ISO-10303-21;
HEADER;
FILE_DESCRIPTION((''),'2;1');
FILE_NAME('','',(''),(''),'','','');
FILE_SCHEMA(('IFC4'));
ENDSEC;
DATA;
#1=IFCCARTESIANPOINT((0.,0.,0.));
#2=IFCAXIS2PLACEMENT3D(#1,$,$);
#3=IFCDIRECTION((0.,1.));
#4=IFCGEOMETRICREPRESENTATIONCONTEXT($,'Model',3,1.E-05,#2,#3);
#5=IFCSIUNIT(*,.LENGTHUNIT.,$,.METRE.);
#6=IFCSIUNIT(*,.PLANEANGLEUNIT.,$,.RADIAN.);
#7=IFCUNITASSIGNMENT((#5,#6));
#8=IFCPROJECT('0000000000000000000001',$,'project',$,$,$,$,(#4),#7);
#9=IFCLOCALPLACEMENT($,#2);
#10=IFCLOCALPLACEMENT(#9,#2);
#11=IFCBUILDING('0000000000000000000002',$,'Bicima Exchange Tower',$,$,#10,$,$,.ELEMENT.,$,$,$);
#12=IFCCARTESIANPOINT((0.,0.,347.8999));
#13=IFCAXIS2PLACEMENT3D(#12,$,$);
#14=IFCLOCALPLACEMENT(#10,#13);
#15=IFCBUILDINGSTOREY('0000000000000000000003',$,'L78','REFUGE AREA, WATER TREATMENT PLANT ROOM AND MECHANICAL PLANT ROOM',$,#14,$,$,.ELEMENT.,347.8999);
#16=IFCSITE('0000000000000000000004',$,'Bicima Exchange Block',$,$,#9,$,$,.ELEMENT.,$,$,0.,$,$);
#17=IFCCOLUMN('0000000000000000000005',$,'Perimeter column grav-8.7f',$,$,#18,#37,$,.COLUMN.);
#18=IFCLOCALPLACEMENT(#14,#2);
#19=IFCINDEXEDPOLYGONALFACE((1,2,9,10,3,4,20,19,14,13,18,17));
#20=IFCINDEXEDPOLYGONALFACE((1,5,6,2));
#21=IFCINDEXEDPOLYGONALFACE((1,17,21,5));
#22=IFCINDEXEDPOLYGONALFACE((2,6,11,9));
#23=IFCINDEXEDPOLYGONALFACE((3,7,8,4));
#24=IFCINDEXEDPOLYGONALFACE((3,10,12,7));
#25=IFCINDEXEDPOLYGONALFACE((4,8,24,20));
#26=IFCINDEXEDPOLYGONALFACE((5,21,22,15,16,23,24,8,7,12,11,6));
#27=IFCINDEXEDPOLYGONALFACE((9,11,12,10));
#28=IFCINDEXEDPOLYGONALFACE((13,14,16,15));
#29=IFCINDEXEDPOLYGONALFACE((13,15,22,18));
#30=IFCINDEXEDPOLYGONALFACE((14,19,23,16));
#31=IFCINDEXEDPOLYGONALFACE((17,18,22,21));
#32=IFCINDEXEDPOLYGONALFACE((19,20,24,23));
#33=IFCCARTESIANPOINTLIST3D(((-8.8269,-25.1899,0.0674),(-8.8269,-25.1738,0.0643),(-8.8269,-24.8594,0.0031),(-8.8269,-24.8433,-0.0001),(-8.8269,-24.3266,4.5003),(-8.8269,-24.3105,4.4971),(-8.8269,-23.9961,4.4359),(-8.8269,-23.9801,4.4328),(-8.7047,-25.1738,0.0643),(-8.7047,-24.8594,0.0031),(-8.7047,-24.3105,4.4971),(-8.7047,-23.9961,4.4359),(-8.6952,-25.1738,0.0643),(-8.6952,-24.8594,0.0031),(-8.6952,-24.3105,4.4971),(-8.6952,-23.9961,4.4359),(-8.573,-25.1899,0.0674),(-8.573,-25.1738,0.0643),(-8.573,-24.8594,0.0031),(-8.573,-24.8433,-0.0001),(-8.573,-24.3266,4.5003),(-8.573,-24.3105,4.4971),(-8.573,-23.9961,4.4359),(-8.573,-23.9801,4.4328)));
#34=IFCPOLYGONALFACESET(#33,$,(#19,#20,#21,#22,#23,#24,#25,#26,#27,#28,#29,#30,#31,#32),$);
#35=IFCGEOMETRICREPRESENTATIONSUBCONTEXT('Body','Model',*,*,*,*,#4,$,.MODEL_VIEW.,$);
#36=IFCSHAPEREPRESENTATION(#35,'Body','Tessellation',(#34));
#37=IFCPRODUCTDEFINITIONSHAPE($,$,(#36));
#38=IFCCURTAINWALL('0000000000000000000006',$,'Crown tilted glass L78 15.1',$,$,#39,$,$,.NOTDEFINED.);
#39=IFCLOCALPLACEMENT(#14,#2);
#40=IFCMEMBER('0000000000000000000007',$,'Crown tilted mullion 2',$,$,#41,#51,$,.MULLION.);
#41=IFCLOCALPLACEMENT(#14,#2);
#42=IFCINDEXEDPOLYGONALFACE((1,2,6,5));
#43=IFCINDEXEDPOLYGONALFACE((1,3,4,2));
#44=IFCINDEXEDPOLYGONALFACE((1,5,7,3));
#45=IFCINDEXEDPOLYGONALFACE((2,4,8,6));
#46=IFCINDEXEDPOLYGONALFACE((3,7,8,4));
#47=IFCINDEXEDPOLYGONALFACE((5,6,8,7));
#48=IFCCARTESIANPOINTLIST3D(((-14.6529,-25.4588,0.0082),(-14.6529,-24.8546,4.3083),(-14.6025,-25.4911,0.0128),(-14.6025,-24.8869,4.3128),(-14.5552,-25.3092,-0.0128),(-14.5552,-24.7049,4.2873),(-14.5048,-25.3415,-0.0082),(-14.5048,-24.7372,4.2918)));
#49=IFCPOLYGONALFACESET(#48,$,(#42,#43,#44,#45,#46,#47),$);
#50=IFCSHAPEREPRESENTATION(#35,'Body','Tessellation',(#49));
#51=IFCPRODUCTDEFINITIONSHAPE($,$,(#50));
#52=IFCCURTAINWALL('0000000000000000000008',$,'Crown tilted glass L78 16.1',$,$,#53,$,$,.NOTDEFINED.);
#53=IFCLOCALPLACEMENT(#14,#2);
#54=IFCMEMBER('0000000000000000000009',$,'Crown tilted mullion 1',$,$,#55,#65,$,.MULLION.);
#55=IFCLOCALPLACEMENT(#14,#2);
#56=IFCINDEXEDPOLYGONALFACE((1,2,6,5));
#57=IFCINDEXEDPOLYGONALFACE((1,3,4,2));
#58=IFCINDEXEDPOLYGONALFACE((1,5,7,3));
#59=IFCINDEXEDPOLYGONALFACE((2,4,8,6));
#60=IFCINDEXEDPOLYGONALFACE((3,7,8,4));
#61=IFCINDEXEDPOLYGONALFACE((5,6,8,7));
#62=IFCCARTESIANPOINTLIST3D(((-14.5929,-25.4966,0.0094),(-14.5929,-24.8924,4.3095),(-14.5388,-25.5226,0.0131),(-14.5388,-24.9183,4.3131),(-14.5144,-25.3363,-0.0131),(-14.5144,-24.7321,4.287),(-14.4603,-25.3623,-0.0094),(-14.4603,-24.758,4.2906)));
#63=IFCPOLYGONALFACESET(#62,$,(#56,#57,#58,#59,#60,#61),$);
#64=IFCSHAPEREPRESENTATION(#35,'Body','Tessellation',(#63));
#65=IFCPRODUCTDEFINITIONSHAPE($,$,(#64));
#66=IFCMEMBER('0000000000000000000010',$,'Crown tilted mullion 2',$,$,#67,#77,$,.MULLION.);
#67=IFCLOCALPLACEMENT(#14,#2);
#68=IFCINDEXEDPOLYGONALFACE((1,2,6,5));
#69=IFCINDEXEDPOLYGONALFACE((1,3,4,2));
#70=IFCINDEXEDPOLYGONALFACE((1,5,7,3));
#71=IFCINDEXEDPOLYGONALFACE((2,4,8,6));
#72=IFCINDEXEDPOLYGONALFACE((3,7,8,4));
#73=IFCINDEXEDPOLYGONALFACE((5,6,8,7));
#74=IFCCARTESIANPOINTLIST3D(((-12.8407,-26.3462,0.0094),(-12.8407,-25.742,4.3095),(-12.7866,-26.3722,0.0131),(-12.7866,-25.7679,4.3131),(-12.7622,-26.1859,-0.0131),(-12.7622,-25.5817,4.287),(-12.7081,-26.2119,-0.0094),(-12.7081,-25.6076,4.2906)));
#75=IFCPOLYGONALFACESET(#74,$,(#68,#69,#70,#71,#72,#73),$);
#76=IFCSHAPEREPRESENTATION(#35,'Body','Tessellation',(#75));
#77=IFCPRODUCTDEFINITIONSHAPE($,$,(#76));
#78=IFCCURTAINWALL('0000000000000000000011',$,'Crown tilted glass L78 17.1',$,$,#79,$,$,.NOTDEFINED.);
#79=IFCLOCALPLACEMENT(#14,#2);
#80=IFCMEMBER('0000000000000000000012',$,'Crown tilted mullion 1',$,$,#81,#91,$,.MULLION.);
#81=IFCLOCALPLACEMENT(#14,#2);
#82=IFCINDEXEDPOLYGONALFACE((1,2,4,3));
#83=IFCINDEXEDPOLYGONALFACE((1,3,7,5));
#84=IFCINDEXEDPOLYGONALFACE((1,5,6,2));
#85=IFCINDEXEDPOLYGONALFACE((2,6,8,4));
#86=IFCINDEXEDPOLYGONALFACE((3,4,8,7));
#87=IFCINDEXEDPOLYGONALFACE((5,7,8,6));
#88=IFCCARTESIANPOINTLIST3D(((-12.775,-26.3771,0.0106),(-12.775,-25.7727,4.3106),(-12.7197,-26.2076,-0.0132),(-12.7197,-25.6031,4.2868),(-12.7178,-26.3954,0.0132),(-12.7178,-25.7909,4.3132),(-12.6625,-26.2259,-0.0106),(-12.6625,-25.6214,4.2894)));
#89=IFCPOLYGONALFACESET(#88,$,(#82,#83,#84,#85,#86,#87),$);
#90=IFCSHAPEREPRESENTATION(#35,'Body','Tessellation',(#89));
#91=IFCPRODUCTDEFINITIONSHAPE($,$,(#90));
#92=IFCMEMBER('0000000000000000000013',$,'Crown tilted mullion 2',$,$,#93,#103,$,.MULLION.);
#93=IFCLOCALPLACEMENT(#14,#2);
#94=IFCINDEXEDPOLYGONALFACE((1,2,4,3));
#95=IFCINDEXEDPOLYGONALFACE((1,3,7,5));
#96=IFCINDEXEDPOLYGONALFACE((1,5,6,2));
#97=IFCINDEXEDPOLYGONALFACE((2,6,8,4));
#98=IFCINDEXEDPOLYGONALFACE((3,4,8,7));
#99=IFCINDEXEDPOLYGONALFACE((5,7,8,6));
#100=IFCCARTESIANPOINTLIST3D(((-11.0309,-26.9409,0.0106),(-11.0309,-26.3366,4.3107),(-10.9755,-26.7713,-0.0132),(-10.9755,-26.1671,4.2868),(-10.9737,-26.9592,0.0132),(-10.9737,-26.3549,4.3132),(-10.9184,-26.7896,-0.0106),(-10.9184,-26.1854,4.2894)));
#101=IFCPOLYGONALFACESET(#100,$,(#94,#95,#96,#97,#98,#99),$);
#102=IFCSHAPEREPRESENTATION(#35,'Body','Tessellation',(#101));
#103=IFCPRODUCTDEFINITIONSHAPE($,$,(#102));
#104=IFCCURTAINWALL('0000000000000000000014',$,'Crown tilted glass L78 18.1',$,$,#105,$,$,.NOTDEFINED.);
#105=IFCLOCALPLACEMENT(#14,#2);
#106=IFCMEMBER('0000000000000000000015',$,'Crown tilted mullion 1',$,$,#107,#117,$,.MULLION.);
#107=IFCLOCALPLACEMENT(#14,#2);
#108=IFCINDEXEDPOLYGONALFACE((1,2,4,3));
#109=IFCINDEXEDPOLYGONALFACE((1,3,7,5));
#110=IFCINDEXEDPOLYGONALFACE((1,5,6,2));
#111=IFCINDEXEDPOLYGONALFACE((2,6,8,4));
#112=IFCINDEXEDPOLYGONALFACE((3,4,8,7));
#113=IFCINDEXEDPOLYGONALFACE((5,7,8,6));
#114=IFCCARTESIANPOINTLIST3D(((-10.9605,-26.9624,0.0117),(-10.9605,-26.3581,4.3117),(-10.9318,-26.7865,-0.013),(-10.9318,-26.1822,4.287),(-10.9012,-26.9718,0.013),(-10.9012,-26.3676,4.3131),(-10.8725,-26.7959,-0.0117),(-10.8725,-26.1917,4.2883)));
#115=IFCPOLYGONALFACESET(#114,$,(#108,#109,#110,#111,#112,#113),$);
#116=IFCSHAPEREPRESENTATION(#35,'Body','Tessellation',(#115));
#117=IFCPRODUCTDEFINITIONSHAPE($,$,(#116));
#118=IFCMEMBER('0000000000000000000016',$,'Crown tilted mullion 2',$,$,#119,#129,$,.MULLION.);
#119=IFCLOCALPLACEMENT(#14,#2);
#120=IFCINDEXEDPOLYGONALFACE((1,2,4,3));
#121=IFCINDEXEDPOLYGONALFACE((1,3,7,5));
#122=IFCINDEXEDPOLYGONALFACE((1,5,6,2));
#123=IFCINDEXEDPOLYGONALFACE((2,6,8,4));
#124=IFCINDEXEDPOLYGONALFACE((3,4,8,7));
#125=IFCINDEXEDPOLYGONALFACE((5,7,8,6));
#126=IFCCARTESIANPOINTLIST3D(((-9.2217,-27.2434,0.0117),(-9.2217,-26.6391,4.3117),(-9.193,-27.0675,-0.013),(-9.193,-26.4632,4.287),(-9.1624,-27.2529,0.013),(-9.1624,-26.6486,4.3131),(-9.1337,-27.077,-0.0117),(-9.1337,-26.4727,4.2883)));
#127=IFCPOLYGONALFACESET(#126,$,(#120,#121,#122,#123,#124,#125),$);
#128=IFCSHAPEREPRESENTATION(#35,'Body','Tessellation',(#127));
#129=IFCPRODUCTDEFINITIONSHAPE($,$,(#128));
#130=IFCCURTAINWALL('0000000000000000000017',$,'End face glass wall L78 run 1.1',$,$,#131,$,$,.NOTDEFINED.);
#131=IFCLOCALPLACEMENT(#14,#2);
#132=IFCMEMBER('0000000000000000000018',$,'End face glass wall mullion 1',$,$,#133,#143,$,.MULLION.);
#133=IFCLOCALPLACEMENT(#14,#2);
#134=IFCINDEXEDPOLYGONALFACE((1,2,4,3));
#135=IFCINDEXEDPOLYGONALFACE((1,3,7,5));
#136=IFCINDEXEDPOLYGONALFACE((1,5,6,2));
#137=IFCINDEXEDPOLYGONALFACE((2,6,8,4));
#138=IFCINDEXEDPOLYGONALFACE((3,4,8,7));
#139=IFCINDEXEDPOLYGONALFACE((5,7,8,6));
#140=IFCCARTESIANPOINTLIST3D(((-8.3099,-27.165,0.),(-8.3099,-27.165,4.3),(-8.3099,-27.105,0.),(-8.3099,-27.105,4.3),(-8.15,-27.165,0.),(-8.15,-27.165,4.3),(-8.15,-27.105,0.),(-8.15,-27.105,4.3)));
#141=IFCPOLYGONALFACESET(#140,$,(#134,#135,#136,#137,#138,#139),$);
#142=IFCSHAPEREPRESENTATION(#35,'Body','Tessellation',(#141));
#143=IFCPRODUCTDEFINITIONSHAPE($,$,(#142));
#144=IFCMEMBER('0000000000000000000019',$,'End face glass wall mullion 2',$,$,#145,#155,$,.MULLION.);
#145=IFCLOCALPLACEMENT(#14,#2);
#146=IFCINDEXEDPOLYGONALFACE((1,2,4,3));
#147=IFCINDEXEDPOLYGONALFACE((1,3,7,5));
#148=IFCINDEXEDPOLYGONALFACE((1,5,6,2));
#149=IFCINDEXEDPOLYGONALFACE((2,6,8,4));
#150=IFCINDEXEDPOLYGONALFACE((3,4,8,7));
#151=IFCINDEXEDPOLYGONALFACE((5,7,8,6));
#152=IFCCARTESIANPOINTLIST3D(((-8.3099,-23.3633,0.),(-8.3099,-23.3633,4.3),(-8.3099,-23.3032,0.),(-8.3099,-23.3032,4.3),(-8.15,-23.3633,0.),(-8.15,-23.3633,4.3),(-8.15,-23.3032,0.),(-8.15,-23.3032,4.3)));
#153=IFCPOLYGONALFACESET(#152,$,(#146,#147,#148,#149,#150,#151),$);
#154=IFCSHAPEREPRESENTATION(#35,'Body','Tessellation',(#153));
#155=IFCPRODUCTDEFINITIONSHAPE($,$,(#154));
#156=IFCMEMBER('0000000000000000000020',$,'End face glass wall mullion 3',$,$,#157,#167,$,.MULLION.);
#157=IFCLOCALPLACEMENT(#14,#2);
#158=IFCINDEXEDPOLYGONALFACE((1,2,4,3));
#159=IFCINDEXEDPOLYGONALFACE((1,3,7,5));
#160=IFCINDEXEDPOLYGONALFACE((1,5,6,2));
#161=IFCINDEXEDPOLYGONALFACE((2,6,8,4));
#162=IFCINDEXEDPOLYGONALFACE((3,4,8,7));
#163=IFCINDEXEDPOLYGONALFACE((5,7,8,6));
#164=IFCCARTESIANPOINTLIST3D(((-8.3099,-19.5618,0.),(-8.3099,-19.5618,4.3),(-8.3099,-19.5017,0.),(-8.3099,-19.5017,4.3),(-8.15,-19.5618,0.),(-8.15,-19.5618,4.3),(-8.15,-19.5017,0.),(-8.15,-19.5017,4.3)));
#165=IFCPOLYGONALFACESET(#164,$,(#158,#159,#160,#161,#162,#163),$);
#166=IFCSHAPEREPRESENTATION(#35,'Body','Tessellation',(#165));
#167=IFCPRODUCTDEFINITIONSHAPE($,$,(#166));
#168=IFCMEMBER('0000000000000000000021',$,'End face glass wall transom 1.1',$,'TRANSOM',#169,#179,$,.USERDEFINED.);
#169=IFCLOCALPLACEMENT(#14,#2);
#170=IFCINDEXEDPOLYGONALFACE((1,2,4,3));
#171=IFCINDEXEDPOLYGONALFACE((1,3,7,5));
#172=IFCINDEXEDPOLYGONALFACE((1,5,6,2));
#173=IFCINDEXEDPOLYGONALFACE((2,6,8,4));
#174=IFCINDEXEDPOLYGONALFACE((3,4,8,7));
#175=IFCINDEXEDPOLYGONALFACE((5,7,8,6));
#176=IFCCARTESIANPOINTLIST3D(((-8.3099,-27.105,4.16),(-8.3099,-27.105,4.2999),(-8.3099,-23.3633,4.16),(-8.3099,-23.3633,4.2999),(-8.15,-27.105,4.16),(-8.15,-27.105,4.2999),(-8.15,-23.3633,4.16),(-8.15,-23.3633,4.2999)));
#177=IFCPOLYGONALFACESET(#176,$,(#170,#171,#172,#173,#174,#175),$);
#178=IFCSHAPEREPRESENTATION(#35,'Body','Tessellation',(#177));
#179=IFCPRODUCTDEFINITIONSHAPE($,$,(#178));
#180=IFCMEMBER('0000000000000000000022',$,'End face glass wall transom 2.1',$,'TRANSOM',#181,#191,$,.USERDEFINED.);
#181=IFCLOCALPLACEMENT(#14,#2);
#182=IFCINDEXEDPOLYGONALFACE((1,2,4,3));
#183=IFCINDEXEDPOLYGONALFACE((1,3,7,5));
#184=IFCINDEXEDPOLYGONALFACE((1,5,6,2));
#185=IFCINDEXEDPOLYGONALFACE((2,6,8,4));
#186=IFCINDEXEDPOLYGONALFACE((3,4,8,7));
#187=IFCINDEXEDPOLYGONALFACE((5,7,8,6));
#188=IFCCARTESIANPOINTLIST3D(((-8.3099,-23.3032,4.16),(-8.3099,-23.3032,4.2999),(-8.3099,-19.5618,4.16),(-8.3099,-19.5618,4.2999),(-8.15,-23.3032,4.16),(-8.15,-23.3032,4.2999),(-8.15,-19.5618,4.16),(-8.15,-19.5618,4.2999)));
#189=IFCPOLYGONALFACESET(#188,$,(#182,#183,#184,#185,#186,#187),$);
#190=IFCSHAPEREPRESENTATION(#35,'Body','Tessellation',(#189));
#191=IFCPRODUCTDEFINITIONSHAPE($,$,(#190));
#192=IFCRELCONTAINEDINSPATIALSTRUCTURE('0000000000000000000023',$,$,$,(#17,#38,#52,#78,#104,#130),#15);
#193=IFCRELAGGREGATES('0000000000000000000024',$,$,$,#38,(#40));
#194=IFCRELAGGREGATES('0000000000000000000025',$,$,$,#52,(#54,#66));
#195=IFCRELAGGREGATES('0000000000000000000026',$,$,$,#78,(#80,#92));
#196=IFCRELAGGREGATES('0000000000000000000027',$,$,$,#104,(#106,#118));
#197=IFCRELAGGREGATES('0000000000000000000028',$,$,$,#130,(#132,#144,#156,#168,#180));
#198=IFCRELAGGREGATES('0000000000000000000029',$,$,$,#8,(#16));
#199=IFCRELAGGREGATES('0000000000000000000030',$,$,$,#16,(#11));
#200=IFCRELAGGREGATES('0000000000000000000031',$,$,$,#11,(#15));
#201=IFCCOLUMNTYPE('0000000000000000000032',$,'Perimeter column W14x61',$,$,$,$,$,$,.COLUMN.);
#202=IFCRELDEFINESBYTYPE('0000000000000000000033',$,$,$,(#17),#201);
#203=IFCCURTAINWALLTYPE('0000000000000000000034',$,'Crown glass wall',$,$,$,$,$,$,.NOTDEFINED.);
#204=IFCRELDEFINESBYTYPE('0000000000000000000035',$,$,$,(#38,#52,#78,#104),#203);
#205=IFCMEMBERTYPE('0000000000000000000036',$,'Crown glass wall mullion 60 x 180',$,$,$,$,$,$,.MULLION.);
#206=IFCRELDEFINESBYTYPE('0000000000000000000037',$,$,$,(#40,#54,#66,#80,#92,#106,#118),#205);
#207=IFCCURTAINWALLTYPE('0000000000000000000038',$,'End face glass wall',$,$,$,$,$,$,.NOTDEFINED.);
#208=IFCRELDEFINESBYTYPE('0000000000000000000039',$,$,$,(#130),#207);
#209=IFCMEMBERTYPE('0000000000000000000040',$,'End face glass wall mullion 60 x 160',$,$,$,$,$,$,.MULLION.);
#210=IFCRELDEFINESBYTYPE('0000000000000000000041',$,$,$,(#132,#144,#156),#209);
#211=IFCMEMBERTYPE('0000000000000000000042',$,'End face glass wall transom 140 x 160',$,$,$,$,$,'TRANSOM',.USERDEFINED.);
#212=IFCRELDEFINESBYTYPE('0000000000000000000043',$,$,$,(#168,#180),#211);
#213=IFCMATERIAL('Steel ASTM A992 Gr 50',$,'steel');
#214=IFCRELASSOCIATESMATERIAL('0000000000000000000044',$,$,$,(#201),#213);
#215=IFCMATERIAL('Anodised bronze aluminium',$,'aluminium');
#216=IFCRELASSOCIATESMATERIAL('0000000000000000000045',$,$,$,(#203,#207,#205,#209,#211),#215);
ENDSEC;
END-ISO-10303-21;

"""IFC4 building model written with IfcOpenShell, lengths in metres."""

from ifc_helpers import new_model, si_unit, direction, frame, origin, origin_2d, place, context, subcontext, project, spatial, rectangle, i_section, extrude, material, material_profile, profile_set, type_object, element, aggregate, save


model = new_model("IFC4")

# Units and contexts
model_context = context("Model", 3, precision=1e-05, world=origin(), true_north=direction((0.0, 1.0)))
body_context = subcontext(model_context, "Body", "Model", "MODEL_VIEW")
ifc_project = project(units=[si_unit("LENGTHUNIT", "METRE"), si_unit("PLANEANGLEUNIT", "RADIAN")], contexts=[model_context])

# Site, building, storey
site_placement = place(None, origin())
site = spatial("IfcSite", under=ifc_project, at=site_placement, Name="Bicima Exchange Block", CompositionType="ELEMENT", RefElevation=0.0)
building_placement = place(site_placement, origin())
building = spatial("IfcBuilding", under=site, at=building_placement, Name="Bicima Exchange Tower", CompositionType="ELEMENT")
storey_placement = place(building_placement, frame((0.0, 0.0, 347.8999)))
storey = spatial("IfcBuildingStorey", under=building, at=storey_placement, Name="L78", Description="REFUGE AREA, WATER TREATMENT PLANT ROOM AND MECHANICAL PLANT ROOM", CompositionType="ELEMENT", Elevation=347.8999)

# Column
ifc_material_1 = material(Name="Steel ASTM A992 Gr 50", Category="steel")
ifc_material_profile_1 = material_profile(ifc_material_1, i_section(OverallWidth=0.2539, OverallDepth=0.353, WebThickness=0.0095, FlangeThickness=0.0164, at=origin_2d()))
ifc_profile_set_1 = profile_set([ifc_material_profile_1], Name="Steel ASTM A992 Gr 50")
column_type = type_object("IfcColumnType", Name="Perimeter column W14x61", PredefinedType="COLUMN", material=ifc_profile_set_1)
column_placement = place(storey_placement, frame((-8.7, -25.0166, 0.0337), z_axis=(0.0, 0.191155, 0.98156), x_axis=(-1.0, 0.0, 0.0)))
element("IfcColumn", 1, at=column_placement, inside=storey, type_object=column_type, Name="Perimeter column grav-8.7f", PredefinedType="COLUMN", context=body_context, shape_type="SweptSolid", body=[
    extrude(i_section(OverallWidth=0.2539, OverallDepth=0.353, WebThickness=0.0095, FlangeThickness=0.0164, at=origin_2d()), origin(), (0.0, 0.0, 1.0), 4.5161),
])

# Curtain wall, member
ifc_material_2 = material(Name="Anodised bronze aluminium", Category="aluminium")
curtain_wall_type_1 = type_object("IfcCurtainWallType", Name="Crown glass wall", PredefinedType="NOTDEFINED", material=ifc_material_2)
curtain_wall_1_placement = place(storey_placement, origin())
curtain_wall_1 = element("IfcCurtainWall", 2, at=curtain_wall_1_placement, inside=storey, type_object=curtain_wall_type_1, Name="Crown tilted glass L78 15.1", PredefinedType="NOTDEFINED")
ifc_material_profile_2 = material_profile(ifc_material_2, rectangle(XDim=0.1799, YDim=0.0601, at=origin_2d()))
ifc_profile_set_2 = profile_set([ifc_material_profile_2], Name="Anodised bronze aluminium")
member_type_1 = type_object("IfcMemberType", Name="Crown glass wall mullion 60 x 180", PredefinedType="MULLION", material=ifc_profile_set_2)
member_1_placement = place(storey_placement, frame((-14.5789, -25.4001, 0.0), z_axis=(0.0, 0.139154, 0.990271), x_axis=(-0.542911, -0.83162, 0.11686)))
member_1 = element("IfcMember", 3, at=member_1_placement, type_object=member_type_1, Name="Crown tilted mullion 2", PredefinedType="MULLION", context=body_context, shape_type="SweptSolid", body=[
    extrude(rectangle(XDim=0.1799, YDim=0.0601, at=origin_2d()), origin(), (0.0, 0.0, 1.0), 4.3423),
])
aggregate(curtain_wall_1, [member_1])

# Curtain walls, members
curtain_wall_2_placement = place(storey_placement, origin())
curtain_wall_2 = element("IfcCurtainWall", 4, at=curtain_wall_2_placement, inside=storey, type_object=curtain_wall_type_1, Name="Crown tilted glass L78 16.1", PredefinedType="NOTDEFINED")
member_2_placement = place(storey_placement, frame((-14.5266, -25.4294, 0.0), z_axis=(0.0, 0.139154, 0.990271), x_axis=(-0.436265, -0.891064, 0.125213)))
member_2 = element("IfcMember", 5, at=member_2_placement, type_object=member_type_1, Name="Crown tilted mullion 1", PredefinedType="MULLION", context=body_context, shape_type="SweptSolid", body=[
    extrude(rectangle(XDim=0.1799, YDim=0.0601, at=origin_2d()), origin(), (0.0, 0.0, 1.0), 4.3423),
])
member_3_placement = place(storey_placement, frame((-12.7744, -26.2791, 0.0), z_axis=(0.0, 0.139154, 0.990271), x_axis=(-0.436265, -0.891064, 0.125213)))
member_3 = element("IfcMember", 6, at=member_3_placement, type_object=member_type_1, Name="Crown tilted mullion 2", PredefinedType="MULLION", context=body_context, shape_type="SweptSolid", body=[
    extrude(rectangle(XDim=0.1799, YDim=0.0601, at=origin_2d()), origin(), (0.0, 0.0, 1.0), 4.3423),
])
curtain_wall_3_placement = place(storey_placement, origin())
curtain_wall_3 = element("IfcCurtainWall", 7, at=curtain_wall_3_placement, inside=storey, type_object=curtain_wall_type_1, Name="Crown tilted glass L78 17.1", PredefinedType="NOTDEFINED")
member_4_placement = place(storey_placement, frame((-12.7188, -26.3015, 0.0), z_axis=(0.0, 0.139209, 0.990263), x_axis=(-0.307573, -0.94226, 0.132461)))
member_4 = element("IfcMember", 8, at=member_4_placement, type_object=member_type_1, Name="Crown tilted mullion 1", PredefinedType="MULLION", context=body_context, shape_type="SweptSolid", body=[
    extrude(rectangle(XDim=0.1799, YDim=0.0601, at=origin_2d()), origin(), (0.0, 0.0, 1.0), 4.3423),
])
member_5_placement = place(storey_placement, frame((-10.9746, -26.8652, 0.0), z_axis=(0.0, 0.139154, 0.990271), x_axis=(-0.307573, -0.942267, 0.132408)))
member_5 = element("IfcMember", 9, at=member_5_placement, type_object=member_type_1, Name="Crown tilted mullion 2", PredefinedType="MULLION", context=body_context, shape_type="SweptSolid", body=[
    extrude(rectangle(XDim=0.1799, YDim=0.0601, at=origin_2d()), origin(), (0.0, 0.0, 1.0), 4.3423),
])
curtain_wall_4_placement = place(storey_placement, origin())
curtain_wall_4 = element("IfcCurtainWall", 10, at=curtain_wall_4_placement, inside=storey, type_object=curtain_wall_type_1, Name="Crown tilted glass L78 18.1", PredefinedType="NOTDEFINED")
member_6_placement = place(storey_placement, frame((-10.9165, -26.8792, 0.0), z_axis=(0.0, 0.139154, 0.990271), x_axis=(-0.15955, -0.977585, 0.137371)))
member_6 = element("IfcMember", 11, at=member_6_placement, type_object=member_type_1, Name="Crown tilted mullion 1", PredefinedType="MULLION", context=body_context, shape_type="SweptSolid", body=[
    extrude(rectangle(XDim=0.1799, YDim=0.0601, at=origin_2d()), origin(), (0.0, 0.0, 1.0), 4.3423),
])
member_7_placement = place(storey_placement, frame((-9.1777, -27.1602, 0.0), z_axis=(0.0, 0.139154, 0.990271), x_axis=(-0.15955, -0.977585, 0.137371)))
member_7 = element("IfcMember", 12, at=member_7_placement, type_object=member_type_1, Name="Crown tilted mullion 2", PredefinedType="MULLION", context=body_context, shape_type="SweptSolid", body=[
    extrude(rectangle(XDim=0.1799, YDim=0.0601, at=origin_2d()), origin(), (0.0, 0.0, 1.0), 4.3423),
])
curtain_wall_type_2 = type_object("IfcCurtainWallType", Name="End face glass wall", PredefinedType="NOTDEFINED", material=ifc_material_2)
curtain_wall_5_placement = place(storey_placement, origin())
curtain_wall_5 = element("IfcCurtainWall", 13, at=curtain_wall_5_placement, inside=storey, type_object=curtain_wall_type_2, Name="End face glass wall L78 run 1.1", PredefinedType="NOTDEFINED")
ifc_material_profile_3 = material_profile(ifc_material_2, rectangle(XDim=0.1599, YDim=0.0601, at=origin_2d()))
ifc_profile_set_3 = profile_set([ifc_material_profile_3], Name="Anodised bronze aluminium")
member_type_2 = type_object("IfcMemberType", Name="End face glass wall mullion 60 x 160", PredefinedType="MULLION", material=ifc_profile_set_3)
member_8_placement = place(storey_placement, frame((-8.23, -27.135, 0.0), z_axis=(0.0, 0.0, 1.0), x_axis=(-1.0, 0.0, 0.0)))
member_8 = element("IfcMember", 14, at=member_8_placement, type_object=member_type_2, Name="End face glass wall mullion 1", PredefinedType="MULLION", context=body_context, shape_type="SweptSolid", body=[
    extrude(rectangle(XDim=0.1599, YDim=0.0601, at=origin_2d()), origin(), (0.0, 0.0, 1.0), 4.3),
])
member_9_placement = place(storey_placement, frame((-8.23, -23.3333, 0.0), z_axis=(0.0, 0.0, 1.0), x_axis=(-1.0, 0.0, 0.0)))
member_9 = element("IfcMember", 15, at=member_9_placement, type_object=member_type_2, Name="End face glass wall mullion 2", PredefinedType="MULLION", context=body_context, shape_type="SweptSolid", body=[
    extrude(rectangle(XDim=0.1599, YDim=0.0601, at=origin_2d()), origin(), (0.0, 0.0, 1.0), 4.3),
])
member_10_placement = place(storey_placement, frame((-8.23, -19.5317, 0.0), z_axis=(0.0, 0.0, 1.0), x_axis=(-1.0, 0.0, 0.0)))
member_10 = element("IfcMember", 16, at=member_10_placement, type_object=member_type_2, Name="End face glass wall mullion 3", PredefinedType="MULLION", context=body_context, shape_type="SweptSolid", body=[
    extrude(rectangle(XDim=0.1599, YDim=0.0601, at=origin_2d()), origin(), (0.0, 0.0, 1.0), 4.3),
])
ifc_material_profile_4 = material_profile(ifc_material_2, rectangle(XDim=0.1599, YDim=0.1399, at=origin_2d()))
ifc_profile_set_4 = profile_set([ifc_material_profile_4], Name="Anodised bronze aluminium")
member_type_3 = type_object("IfcMemberType", Name="End face glass wall transom 140 x 160", ElementType="TRANSOM", PredefinedType="USERDEFINED", material=ifc_profile_set_4)
member_11_placement = place(storey_placement, frame((-8.23, -27.105, 4.23), z_axis=(0.0, 1.0, 0.0), x_axis=(-1.0, 0.0, 0.0)))
member_11 = element("IfcMember", 17, at=member_11_placement, type_object=member_type_3, Name="End face glass wall transom 1.1", ObjectType="TRANSOM", PredefinedType="USERDEFINED", context=body_context, shape_type="SweptSolid", body=[
    extrude(rectangle(XDim=0.1599, YDim=0.1399, at=origin_2d()), origin(), (0.0, 0.0, 1.0), 3.7417),
])
member_12_placement = place(storey_placement, frame((-8.23, -23.3032, 4.23), z_axis=(0.0, 1.0, 0.0), x_axis=(-1.0, 0.0, 0.0)))
member_12 = element("IfcMember", 18, at=member_12_placement, type_object=member_type_3, Name="End face glass wall transom 2.1", ObjectType="TRANSOM", PredefinedType="USERDEFINED", context=body_context, shape_type="SweptSolid", body=[
    extrude(rectangle(XDim=0.1599, YDim=0.1399, at=origin_2d()), origin(), (0.0, 0.0, 1.0), 3.7415),
])

aggregate(curtain_wall_2, [member_2, member_3])
aggregate(curtain_wall_3, [member_4, member_5])
aggregate(curtain_wall_4, [member_6, member_7])
aggregate(curtain_wall_5, [member_8, member_9, member_10, member_11, member_12])

save(model, "model.ifc")
